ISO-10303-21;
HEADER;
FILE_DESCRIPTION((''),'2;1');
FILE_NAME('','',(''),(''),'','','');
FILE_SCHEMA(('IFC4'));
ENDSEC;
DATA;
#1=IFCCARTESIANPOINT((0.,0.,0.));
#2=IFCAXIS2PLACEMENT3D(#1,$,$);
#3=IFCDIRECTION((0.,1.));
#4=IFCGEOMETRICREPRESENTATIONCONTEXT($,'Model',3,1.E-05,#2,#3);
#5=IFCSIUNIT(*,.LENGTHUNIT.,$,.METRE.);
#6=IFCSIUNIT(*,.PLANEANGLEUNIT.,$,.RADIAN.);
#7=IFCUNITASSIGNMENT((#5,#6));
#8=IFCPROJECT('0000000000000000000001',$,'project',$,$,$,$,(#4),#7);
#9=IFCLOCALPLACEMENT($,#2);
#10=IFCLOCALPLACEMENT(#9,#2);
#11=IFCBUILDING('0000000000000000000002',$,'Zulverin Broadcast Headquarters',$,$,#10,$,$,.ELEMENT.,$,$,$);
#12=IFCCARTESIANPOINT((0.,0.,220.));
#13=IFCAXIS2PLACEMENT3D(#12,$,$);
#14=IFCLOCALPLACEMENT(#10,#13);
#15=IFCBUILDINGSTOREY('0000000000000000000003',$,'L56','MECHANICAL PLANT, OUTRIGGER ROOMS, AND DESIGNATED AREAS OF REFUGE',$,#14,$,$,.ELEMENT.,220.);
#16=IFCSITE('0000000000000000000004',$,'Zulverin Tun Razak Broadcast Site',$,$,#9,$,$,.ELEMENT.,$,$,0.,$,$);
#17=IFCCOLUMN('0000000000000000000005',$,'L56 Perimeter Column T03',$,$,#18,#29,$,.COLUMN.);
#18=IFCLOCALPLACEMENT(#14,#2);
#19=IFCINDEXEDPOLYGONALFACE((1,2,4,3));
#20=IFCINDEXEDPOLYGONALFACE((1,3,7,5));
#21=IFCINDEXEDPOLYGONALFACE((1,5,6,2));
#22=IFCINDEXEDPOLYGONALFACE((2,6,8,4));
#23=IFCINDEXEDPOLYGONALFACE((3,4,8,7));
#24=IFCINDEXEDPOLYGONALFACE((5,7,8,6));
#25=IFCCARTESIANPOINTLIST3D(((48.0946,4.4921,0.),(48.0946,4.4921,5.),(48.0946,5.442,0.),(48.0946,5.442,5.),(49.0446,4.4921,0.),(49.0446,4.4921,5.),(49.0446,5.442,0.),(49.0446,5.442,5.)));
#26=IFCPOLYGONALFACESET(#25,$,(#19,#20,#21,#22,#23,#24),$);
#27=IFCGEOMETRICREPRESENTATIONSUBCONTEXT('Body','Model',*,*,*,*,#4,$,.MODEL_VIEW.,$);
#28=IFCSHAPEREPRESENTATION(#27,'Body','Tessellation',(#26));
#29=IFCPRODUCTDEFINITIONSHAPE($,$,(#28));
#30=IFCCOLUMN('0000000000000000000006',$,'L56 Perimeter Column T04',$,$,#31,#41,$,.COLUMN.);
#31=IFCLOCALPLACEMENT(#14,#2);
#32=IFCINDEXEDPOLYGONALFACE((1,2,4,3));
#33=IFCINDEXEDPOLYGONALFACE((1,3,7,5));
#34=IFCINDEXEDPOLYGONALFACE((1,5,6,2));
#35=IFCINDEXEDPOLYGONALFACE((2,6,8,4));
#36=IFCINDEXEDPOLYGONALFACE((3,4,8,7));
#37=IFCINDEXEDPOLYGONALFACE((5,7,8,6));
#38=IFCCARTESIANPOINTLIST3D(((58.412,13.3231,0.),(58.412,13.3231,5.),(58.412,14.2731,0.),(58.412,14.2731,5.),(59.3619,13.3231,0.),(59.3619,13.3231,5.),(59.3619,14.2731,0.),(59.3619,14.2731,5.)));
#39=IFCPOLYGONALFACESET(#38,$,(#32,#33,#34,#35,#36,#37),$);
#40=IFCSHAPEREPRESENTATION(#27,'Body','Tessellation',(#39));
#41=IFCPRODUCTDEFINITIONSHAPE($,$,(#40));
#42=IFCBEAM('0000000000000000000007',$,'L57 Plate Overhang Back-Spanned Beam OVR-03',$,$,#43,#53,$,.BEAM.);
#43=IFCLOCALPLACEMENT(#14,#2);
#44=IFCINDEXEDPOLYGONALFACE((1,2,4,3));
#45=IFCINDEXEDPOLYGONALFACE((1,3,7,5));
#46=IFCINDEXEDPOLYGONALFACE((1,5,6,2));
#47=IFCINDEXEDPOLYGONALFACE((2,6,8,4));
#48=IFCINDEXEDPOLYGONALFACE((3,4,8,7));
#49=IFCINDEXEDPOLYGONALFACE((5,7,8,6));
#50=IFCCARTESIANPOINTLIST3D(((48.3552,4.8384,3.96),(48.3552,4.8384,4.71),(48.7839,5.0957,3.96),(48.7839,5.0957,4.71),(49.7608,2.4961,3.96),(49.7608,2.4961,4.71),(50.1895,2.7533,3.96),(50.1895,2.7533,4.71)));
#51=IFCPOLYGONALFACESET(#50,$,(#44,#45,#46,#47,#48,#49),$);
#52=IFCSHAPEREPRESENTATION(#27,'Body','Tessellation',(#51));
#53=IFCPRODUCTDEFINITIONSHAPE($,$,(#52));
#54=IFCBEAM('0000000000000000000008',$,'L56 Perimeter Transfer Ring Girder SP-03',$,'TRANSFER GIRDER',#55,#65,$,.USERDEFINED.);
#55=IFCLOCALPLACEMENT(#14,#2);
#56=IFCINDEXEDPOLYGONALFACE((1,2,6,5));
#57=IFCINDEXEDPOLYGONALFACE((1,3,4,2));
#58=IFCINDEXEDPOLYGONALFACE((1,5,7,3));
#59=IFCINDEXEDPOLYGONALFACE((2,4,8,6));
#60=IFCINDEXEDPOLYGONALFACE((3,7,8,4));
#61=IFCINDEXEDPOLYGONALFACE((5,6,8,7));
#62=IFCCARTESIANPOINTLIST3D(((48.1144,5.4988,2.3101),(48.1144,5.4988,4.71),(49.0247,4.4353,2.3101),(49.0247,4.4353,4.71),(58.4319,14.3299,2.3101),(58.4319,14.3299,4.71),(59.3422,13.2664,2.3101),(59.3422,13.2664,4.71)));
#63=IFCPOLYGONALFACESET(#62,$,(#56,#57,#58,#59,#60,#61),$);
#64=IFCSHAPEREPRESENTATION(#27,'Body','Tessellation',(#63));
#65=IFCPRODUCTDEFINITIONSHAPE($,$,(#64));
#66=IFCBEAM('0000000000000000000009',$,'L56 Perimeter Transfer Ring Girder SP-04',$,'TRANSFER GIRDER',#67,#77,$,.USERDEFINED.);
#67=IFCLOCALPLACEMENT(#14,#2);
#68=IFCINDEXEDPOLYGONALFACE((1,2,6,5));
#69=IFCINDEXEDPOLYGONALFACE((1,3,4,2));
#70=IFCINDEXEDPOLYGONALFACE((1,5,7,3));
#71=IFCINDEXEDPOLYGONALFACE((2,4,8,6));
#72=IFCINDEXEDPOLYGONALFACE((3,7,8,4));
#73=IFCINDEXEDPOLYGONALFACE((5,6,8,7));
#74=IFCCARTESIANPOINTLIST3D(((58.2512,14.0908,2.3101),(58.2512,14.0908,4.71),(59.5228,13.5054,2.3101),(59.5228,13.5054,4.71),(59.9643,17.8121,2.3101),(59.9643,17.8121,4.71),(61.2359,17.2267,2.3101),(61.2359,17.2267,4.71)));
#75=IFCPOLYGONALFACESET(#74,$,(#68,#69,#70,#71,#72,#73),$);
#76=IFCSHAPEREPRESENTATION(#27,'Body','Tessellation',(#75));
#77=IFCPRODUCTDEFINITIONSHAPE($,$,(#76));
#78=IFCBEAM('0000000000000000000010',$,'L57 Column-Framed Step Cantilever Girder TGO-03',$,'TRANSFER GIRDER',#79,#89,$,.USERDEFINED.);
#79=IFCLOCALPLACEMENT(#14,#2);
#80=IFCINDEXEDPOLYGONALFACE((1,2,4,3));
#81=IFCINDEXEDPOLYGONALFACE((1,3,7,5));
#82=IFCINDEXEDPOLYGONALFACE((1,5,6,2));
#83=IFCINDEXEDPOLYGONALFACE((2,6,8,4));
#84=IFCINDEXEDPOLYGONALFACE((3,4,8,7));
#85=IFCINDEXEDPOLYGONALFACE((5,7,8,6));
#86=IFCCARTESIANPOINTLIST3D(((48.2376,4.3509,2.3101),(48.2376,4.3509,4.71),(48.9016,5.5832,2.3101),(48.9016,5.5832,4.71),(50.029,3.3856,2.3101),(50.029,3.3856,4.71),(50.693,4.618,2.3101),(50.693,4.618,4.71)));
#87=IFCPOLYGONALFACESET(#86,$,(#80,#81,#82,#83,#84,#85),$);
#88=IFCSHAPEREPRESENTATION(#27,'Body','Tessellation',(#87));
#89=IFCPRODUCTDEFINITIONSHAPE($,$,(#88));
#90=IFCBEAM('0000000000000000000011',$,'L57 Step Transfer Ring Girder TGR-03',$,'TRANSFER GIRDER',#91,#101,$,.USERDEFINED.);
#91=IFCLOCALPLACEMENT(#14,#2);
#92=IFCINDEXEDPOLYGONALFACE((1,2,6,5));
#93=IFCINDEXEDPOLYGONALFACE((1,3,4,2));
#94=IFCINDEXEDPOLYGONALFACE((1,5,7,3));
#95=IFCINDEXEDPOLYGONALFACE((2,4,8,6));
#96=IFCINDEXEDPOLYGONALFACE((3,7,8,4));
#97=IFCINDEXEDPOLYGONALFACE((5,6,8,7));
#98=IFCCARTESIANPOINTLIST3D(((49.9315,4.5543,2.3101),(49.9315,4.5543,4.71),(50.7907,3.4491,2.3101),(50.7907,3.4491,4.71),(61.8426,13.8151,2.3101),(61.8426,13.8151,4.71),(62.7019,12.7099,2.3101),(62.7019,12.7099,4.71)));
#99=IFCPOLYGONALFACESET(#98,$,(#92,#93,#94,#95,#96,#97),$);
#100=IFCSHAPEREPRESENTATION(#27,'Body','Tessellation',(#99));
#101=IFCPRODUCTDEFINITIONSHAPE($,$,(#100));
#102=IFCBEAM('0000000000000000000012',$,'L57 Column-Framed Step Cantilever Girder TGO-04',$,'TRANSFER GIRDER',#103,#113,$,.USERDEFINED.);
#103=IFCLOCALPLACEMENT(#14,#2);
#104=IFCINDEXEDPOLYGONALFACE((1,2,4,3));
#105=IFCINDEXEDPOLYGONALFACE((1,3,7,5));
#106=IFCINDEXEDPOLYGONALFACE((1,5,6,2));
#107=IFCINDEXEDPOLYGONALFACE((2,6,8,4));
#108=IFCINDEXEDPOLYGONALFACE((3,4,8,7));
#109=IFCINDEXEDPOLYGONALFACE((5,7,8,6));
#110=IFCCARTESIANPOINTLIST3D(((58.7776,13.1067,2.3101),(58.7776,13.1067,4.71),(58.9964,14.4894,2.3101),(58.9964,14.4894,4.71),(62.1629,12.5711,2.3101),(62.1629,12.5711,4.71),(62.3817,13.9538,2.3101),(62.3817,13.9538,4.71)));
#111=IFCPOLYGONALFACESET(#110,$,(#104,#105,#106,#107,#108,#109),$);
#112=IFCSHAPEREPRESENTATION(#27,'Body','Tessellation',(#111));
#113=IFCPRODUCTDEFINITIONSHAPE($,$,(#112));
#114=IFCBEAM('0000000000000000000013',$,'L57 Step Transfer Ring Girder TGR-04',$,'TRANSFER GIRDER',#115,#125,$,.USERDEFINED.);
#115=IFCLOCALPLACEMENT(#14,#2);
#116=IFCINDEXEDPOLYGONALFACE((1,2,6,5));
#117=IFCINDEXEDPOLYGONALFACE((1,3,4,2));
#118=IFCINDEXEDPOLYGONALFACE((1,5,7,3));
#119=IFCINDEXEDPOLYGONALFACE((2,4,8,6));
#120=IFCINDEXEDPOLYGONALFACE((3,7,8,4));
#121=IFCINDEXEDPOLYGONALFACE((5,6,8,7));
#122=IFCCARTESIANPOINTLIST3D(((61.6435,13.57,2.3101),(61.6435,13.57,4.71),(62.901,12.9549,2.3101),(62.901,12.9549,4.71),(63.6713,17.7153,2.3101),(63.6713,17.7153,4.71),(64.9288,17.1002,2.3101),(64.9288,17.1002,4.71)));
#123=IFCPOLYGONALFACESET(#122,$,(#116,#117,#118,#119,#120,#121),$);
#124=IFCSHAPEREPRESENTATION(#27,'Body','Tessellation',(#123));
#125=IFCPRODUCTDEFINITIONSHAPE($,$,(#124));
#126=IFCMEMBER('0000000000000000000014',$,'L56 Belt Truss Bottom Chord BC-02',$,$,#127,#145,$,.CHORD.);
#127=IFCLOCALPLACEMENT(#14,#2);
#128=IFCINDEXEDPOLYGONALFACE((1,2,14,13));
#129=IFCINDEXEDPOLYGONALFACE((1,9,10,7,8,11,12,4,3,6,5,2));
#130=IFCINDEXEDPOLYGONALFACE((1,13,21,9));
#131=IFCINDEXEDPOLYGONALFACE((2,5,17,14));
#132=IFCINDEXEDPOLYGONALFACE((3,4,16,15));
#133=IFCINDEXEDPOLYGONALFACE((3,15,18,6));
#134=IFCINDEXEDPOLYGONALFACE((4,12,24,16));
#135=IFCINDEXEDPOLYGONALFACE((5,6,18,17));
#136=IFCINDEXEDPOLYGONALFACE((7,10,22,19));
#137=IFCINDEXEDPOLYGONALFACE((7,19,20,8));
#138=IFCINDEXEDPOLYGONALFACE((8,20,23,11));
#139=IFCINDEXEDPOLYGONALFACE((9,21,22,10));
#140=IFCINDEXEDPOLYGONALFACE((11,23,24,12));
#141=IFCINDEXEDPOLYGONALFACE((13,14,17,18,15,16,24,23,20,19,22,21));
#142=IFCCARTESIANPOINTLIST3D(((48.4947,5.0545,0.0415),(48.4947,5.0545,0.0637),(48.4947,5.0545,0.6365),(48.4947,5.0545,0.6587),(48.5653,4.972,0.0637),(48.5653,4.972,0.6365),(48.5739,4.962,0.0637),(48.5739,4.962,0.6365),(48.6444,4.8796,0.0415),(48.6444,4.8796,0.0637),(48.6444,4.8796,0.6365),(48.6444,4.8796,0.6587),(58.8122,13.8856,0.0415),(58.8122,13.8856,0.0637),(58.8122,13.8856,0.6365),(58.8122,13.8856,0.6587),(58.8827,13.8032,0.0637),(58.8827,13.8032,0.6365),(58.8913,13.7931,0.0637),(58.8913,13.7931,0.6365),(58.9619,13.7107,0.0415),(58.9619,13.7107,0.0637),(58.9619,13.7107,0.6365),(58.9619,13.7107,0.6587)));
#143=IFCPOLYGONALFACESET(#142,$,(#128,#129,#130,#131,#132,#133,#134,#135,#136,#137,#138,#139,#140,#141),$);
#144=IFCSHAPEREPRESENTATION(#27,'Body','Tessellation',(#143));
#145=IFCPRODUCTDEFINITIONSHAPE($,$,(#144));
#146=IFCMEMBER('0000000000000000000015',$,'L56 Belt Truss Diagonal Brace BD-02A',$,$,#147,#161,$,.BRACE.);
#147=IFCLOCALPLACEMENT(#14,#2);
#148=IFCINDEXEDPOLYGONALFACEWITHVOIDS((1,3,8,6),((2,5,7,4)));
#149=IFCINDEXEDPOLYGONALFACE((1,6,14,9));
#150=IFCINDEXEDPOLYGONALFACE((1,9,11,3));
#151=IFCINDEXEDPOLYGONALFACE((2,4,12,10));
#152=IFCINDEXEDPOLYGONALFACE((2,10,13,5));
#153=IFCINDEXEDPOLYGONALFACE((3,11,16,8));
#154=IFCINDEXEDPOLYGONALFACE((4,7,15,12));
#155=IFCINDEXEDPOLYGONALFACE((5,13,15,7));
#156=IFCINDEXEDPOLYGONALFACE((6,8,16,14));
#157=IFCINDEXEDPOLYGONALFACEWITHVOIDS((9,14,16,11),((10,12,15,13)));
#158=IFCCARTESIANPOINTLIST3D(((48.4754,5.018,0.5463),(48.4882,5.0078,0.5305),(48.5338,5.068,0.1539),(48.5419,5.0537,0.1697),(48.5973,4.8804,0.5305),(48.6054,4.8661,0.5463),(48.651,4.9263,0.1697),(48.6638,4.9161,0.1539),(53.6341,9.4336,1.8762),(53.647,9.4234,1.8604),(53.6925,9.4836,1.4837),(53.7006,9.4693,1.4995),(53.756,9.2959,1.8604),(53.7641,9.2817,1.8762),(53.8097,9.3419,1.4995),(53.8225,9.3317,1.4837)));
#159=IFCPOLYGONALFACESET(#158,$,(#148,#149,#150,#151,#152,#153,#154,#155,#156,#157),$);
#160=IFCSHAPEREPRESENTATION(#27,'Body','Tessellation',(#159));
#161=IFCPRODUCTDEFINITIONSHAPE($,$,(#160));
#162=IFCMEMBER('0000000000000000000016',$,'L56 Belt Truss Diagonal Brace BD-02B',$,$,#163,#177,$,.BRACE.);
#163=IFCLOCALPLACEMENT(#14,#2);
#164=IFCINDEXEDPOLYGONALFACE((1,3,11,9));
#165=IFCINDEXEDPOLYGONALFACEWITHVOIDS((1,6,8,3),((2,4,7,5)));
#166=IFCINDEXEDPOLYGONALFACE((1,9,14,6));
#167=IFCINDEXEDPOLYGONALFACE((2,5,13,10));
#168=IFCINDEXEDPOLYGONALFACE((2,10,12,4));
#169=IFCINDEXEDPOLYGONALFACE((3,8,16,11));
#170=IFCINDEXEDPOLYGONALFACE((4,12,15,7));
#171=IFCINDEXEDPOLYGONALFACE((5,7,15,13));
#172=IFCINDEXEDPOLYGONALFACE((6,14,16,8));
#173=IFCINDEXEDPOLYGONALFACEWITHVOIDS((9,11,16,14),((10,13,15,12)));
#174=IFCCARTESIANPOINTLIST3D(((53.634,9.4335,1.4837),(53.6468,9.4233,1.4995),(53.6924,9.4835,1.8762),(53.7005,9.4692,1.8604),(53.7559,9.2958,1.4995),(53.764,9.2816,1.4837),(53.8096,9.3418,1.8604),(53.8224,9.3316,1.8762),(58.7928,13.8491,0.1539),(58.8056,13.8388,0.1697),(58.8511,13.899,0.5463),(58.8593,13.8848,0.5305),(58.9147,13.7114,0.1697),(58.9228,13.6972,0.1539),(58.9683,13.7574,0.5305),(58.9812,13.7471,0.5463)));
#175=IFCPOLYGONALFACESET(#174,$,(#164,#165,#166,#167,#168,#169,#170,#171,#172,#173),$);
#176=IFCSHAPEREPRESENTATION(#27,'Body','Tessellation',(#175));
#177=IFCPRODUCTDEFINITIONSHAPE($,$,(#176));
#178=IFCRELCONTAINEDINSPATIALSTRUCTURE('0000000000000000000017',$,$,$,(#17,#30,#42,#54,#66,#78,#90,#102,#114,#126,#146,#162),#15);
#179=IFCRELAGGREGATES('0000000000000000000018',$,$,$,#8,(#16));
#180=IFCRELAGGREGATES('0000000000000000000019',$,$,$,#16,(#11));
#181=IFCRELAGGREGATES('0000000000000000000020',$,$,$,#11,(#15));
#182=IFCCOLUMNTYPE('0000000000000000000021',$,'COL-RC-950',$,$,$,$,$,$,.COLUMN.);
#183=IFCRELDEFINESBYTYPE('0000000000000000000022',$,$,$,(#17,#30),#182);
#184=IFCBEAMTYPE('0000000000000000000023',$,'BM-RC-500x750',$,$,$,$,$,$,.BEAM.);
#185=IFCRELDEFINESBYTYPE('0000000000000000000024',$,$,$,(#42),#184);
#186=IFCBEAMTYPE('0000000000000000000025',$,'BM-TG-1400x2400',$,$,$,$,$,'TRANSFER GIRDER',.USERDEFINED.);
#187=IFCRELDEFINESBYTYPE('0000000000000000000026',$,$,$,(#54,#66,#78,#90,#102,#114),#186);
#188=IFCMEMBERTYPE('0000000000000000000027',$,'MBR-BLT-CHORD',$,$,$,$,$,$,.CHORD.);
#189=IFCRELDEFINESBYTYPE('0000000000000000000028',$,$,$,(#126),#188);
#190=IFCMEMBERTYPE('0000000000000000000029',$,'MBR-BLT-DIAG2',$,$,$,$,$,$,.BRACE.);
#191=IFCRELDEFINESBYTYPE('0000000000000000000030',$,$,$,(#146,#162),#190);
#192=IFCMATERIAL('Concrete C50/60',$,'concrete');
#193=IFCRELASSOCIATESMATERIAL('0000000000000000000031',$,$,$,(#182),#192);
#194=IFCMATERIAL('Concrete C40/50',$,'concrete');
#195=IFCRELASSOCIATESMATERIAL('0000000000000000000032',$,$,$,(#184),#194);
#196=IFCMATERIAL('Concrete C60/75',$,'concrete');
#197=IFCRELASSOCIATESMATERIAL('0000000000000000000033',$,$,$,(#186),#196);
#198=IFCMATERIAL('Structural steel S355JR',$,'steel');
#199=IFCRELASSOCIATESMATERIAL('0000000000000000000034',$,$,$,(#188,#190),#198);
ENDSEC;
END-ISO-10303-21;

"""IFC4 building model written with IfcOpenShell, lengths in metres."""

from ifc_helpers import new_model, si_unit, direction, frame, origin, origin_2d, place, context, subcontext, project, spatial, rectangle, hollow_rectangle, i_section, extrude, material, material_profile, profile_set, type_object, element, save


model = new_model("IFC4")

# Units and contexts
model_context = context("Model", 3, precision=1e-05, world=origin(), true_north=direction((0.0, 1.0)))
body_context = subcontext(model_context, "Body", "Model", "MODEL_VIEW")
ifc_project = project(units=[si_unit("LENGTHUNIT", "METRE"), si_unit("PLANEANGLEUNIT", "RADIAN")], contexts=[model_context])

# Site, building, storey
site_placement = place(None, origin())
site = spatial("IfcSite", under=ifc_project, at=site_placement, Name="Zulverin Tun Razak Broadcast Site", CompositionType="ELEMENT", RefElevation=0.0)
building_placement = place(site_placement, origin())
building = spatial("IfcBuilding", under=site, at=building_placement, Name="Zulverin Broadcast Headquarters", CompositionType="ELEMENT")
storey_placement = place(building_placement, frame((0.0, 0.0, 220.0)))
storey = spatial("IfcBuildingStorey", under=building, at=storey_placement, Name="L56", Description="MECHANICAL PLANT, OUTRIGGER ROOMS, AND DESIGNATED AREAS OF REFUGE", CompositionType="ELEMENT", Elevation=220.0)

# Columns
ifc_material_1 = material(Name="Concrete C50/60", Category="concrete")
ifc_material_profile_1 = material_profile(ifc_material_1, rectangle(XDim=0.95, YDim=0.95, at=origin_2d()), Name="Concrete C50/60", Category="concrete")
ifc_profile_set_1 = profile_set([ifc_material_profile_1], Name="Concrete C50/60")
column_type = type_object("IfcColumnType", Name="COL-RC-950", PredefinedType="COLUMN", material=ifc_profile_set_1)
for number, where, z_axis, x_axis, name in (
    (1, (48.5696, 4.967, 0.0), (0.0, 0.0, 1.0), (1.0, 0.0, 0.0), "L56 Perimeter Column T03"),
    (2, (58.887, 13.7981, 0.0), (0.0, 0.0, 1.0), (1.0, 0.0, 0.0), "L56 Perimeter Column T04"),
):
    element("IfcColumn", number, at=place(storey_placement, frame(where, z_axis=z_axis, x_axis=x_axis)), inside=storey, type_object=column_type, Name=name, PredefinedType="COLUMN", context=body_context, shape_type="SweptSolid", body=[
        extrude(rectangle(XDim=0.95, YDim=0.95, at=origin_2d()), origin(), (0.0, 0.0, 1.0), 5.0),
    ])

# Beams
ifc_material_2 = material(Name="Concrete C40/50", Category="concrete")
ifc_material_profile_2 = material_profile(ifc_material_2, rectangle(XDim=0.5, YDim=0.75, at=origin_2d()), Name="Concrete C40/50", Category="concrete")
ifc_profile_set_2 = profile_set([ifc_material_profile_2], Name="Concrete C40/50")
beam_type_1 = type_object("IfcBeamType", Name="BM-RC-500x750", PredefinedType="BEAM", material=ifc_profile_set_2)
beam_1_placement = place(storey_placement, frame((48.5696, 4.967, 4.335), z_axis=(0.514535, -0.857469, 0.0), x_axis=(0.857469, 0.514535, 0.0)))
element("IfcBeam", 3, at=beam_1_placement, inside=storey, type_object=beam_type_1, Name="L57 Plate Overhang Back-Spanned Beam OVR-03", PredefinedType="BEAM", context=body_context, shape_type="SweptSolid", body=[
    extrude(rectangle(XDim=0.5, YDim=0.75, at=origin_2d()), origin(), (0.0, 0.0, 1.0), 2.7317),
])
ifc_material_3 = material(Name="Concrete C60/75", Category="concrete")
ifc_material_profile_3 = material_profile(ifc_material_3, rectangle(XDim=1.3999, YDim=2.3999, at=origin_2d()), Name="Concrete C60/75", Category="concrete")
ifc_profile_set_3 = profile_set([ifc_material_profile_3], Name="Concrete C60/75")
beam_type_2 = type_object("IfcBeamType", Name="BM-TG-1400x2400", ElementType="TRANSFER GIRDER", PredefinedType="USERDEFINED", material=ifc_profile_set_3)
beam_2_placement = place(storey_placement, frame((48.5696, 4.967, 3.51), z_axis=(0.759708, 0.650264, 0.0), x_axis=(-0.650264, 0.759708, 0.0)))
element("IfcBeam", 4, at=beam_2_placement, inside=storey, type_object=beam_type_2, Name="L56 Perimeter Transfer Ring Girder SP-03", ObjectType="TRANSFER GIRDER", PredefinedType="USERDEFINED", context=body_context, shape_type="SweptSolid", body=[
    extrude(rectangle(XDim=1.3999, YDim=2.3999, at=origin_2d()), origin(), (0.0, 0.0, 1.0), 13.5808),
])
beam_3_placement = place(storey_placement, frame((58.887, 13.7981, 3.51), z_axis=(0.418185, 0.908362, 0.0), x_axis=(-0.908362, 0.418185, 0.0)))
element("IfcBeam", 5, at=beam_3_placement, inside=storey, type_object=beam_type_2, Name="L56 Perimeter Transfer Ring Girder SP-04", ObjectType="TRANSFER GIRDER", PredefinedType="USERDEFINED", context=body_context, shape_type="SweptSolid", body=[
    extrude(rectangle(XDim=1.3999, YDim=2.3999, at=origin_2d()), origin(), (0.0, 0.0, 1.0), 4.0967),
])
beam_4_placement = place(storey_placement, frame((48.5696, 4.967, 3.51), z_axis=(0.880332, -0.474357, 0.0), x_axis=(0.474357, 0.880332, 0.0)))
element("IfcBeam", 6, at=beam_4_placement, inside=storey, type_object=beam_type_2, Name="L57 Column-Framed Step Cantilever Girder TGO-03", ObjectType="TRANSFER GIRDER", PredefinedType="USERDEFINED", context=body_context, shape_type="SweptSolid", body=[
    extrude(rectangle(XDim=1.3999, YDim=2.3999, at=origin_2d()), origin(), (0.0, 0.0, 1.0), 2.0349),
])
beam_5_placement = place(storey_placement, frame((50.3611, 4.0017, 3.51), z_axis=(0.789464, 0.613797, 0.0), x_axis=(-0.613797, 0.789464, 0.0)))
element("IfcBeam", 7, at=beam_5_placement, inside=storey, type_object=beam_type_2, Name="L57 Step Transfer Ring Girder TGR-03", ObjectType="TRANSFER GIRDER", PredefinedType="USERDEFINED", context=body_context, shape_type="SweptSolid", body=[
    extrude(rectangle(XDim=1.3999, YDim=2.3999, at=origin_2d()), origin(), (0.0, 0.0, 1.0), 15.0876),
])
beam_6_placement = place(storey_placement, frame((58.887, 13.7981, 3.51), z_axis=(0.987712, -0.156284, 0.0), x_axis=(0.156284, 0.987712, 0.0)))
element("IfcBeam", 8, at=beam_6_placement, inside=storey, type_object=beam_type_2, Name="L57 Column-Framed Step Cantilever Girder TGO-04", ObjectType="TRANSFER GIRDER", PredefinedType="USERDEFINED", context=body_context, shape_type="SweptSolid", body=[
    extrude(rectangle(XDim=1.3999, YDim=2.3999, at=origin_2d()), origin(), (0.0, 0.0, 1.0), 3.4275),
])
beam_7_placement = place(storey_placement, frame((62.2722, 13.2625, 3.51), z_axis=(0.43943, 0.898277, 0.0), x_axis=(-0.898277, 0.43943, 0.0)))
element("IfcBeam", 9, at=beam_7_placement, inside=storey, type_object=beam_type_2, Name="L57 Step Transfer Ring Girder TGR-04", ObjectType="TRANSFER GIRDER", PredefinedType="USERDEFINED", context=body_context, shape_type="SweptSolid", body=[
    extrude(rectangle(XDim=1.3999, YDim=2.3999, at=origin_2d()), origin(), (0.0, 0.0, 1.0), 4.6147),
])

# Members
ifc_material_4 = material(Name="Structural steel S355JR", Category="steel")
ifc_material_profile_4 = material_profile(ifc_material_4, i_section(OverallWidth=0.2302, OverallDepth=0.6172, WebThickness=0.0132, FlangeThickness=0.0222, at=origin_2d()), Name="Structural steel S355JR", Category="steel")
ifc_profile_set_4 = profile_set([ifc_material_profile_4], Name="Structural steel S355JR")
member_type_1 = type_object("IfcMemberType", Name="MBR-BLT-CHORD", PredefinedType="CHORD", material=ifc_profile_set_4)
member_1_placement = place(storey_placement, frame((48.5696, 4.967, 0.3501), z_axis=(0.759708, 0.650264, 0.0), x_axis=(-0.650264, 0.759708, 0.0)))
element("IfcMember", 10, at=member_1_placement, inside=storey, type_object=member_type_1, Name="L56 Belt Truss Bottom Chord BC-02", PredefinedType="CHORD", context=body_context, shape_type="SweptSolid", body=[
    extrude(i_section(OverallWidth=0.2302, OverallDepth=0.6172, WebThickness=0.0132, FlangeThickness=0.0222, at=origin_2d()), origin(), (0.0, 0.0, 1.0), 13.5808),
])
ifc_material_profile_5 = material_profile(ifc_material_4, hollow_rectangle(XDim=0.2, YDim=0.3999, WallThickness=0.0161, at=origin_2d()), Name="Structural steel S355JR", Category="steel")
ifc_profile_set_5 = profile_set([ifc_material_profile_5], Name="Structural steel S355JR")
member_type_2 = type_object("IfcMemberType", Name="MBR-BLT-DIAG2", PredefinedType="BRACE", material=ifc_profile_set_5)
for number, where, z_axis, x_axis, name in (
    (11, (48.5696, 4.967, 0.3501), (0.745545, 0.638142, 0.192191), (-0.650264, 0.759708, 0.0), "L56 Belt Truss Diagonal Brace BD-02A"),
    (12, (58.887, 13.7981, 0.3501), (-0.745545, -0.638142, 0.192191), (0.650264, -0.759708, 0.0), "L56 Belt Truss Diagonal Brace BD-02B"),
):
    element("IfcMember", number, at=place(storey_placement, frame(where, z_axis=z_axis, x_axis=x_axis)), inside=storey, type_object=member_type_2, Name=name, PredefinedType="BRACE", context=body_context, shape_type="SweptSolid", body=[
        extrude(hollow_rectangle(XDim=0.2, YDim=0.3999, WallThickness=0.0161, at=origin_2d()), origin(), (0.0, 0.0, 1.0), 6.9194),
    ])

save(model, "model.ifc")
